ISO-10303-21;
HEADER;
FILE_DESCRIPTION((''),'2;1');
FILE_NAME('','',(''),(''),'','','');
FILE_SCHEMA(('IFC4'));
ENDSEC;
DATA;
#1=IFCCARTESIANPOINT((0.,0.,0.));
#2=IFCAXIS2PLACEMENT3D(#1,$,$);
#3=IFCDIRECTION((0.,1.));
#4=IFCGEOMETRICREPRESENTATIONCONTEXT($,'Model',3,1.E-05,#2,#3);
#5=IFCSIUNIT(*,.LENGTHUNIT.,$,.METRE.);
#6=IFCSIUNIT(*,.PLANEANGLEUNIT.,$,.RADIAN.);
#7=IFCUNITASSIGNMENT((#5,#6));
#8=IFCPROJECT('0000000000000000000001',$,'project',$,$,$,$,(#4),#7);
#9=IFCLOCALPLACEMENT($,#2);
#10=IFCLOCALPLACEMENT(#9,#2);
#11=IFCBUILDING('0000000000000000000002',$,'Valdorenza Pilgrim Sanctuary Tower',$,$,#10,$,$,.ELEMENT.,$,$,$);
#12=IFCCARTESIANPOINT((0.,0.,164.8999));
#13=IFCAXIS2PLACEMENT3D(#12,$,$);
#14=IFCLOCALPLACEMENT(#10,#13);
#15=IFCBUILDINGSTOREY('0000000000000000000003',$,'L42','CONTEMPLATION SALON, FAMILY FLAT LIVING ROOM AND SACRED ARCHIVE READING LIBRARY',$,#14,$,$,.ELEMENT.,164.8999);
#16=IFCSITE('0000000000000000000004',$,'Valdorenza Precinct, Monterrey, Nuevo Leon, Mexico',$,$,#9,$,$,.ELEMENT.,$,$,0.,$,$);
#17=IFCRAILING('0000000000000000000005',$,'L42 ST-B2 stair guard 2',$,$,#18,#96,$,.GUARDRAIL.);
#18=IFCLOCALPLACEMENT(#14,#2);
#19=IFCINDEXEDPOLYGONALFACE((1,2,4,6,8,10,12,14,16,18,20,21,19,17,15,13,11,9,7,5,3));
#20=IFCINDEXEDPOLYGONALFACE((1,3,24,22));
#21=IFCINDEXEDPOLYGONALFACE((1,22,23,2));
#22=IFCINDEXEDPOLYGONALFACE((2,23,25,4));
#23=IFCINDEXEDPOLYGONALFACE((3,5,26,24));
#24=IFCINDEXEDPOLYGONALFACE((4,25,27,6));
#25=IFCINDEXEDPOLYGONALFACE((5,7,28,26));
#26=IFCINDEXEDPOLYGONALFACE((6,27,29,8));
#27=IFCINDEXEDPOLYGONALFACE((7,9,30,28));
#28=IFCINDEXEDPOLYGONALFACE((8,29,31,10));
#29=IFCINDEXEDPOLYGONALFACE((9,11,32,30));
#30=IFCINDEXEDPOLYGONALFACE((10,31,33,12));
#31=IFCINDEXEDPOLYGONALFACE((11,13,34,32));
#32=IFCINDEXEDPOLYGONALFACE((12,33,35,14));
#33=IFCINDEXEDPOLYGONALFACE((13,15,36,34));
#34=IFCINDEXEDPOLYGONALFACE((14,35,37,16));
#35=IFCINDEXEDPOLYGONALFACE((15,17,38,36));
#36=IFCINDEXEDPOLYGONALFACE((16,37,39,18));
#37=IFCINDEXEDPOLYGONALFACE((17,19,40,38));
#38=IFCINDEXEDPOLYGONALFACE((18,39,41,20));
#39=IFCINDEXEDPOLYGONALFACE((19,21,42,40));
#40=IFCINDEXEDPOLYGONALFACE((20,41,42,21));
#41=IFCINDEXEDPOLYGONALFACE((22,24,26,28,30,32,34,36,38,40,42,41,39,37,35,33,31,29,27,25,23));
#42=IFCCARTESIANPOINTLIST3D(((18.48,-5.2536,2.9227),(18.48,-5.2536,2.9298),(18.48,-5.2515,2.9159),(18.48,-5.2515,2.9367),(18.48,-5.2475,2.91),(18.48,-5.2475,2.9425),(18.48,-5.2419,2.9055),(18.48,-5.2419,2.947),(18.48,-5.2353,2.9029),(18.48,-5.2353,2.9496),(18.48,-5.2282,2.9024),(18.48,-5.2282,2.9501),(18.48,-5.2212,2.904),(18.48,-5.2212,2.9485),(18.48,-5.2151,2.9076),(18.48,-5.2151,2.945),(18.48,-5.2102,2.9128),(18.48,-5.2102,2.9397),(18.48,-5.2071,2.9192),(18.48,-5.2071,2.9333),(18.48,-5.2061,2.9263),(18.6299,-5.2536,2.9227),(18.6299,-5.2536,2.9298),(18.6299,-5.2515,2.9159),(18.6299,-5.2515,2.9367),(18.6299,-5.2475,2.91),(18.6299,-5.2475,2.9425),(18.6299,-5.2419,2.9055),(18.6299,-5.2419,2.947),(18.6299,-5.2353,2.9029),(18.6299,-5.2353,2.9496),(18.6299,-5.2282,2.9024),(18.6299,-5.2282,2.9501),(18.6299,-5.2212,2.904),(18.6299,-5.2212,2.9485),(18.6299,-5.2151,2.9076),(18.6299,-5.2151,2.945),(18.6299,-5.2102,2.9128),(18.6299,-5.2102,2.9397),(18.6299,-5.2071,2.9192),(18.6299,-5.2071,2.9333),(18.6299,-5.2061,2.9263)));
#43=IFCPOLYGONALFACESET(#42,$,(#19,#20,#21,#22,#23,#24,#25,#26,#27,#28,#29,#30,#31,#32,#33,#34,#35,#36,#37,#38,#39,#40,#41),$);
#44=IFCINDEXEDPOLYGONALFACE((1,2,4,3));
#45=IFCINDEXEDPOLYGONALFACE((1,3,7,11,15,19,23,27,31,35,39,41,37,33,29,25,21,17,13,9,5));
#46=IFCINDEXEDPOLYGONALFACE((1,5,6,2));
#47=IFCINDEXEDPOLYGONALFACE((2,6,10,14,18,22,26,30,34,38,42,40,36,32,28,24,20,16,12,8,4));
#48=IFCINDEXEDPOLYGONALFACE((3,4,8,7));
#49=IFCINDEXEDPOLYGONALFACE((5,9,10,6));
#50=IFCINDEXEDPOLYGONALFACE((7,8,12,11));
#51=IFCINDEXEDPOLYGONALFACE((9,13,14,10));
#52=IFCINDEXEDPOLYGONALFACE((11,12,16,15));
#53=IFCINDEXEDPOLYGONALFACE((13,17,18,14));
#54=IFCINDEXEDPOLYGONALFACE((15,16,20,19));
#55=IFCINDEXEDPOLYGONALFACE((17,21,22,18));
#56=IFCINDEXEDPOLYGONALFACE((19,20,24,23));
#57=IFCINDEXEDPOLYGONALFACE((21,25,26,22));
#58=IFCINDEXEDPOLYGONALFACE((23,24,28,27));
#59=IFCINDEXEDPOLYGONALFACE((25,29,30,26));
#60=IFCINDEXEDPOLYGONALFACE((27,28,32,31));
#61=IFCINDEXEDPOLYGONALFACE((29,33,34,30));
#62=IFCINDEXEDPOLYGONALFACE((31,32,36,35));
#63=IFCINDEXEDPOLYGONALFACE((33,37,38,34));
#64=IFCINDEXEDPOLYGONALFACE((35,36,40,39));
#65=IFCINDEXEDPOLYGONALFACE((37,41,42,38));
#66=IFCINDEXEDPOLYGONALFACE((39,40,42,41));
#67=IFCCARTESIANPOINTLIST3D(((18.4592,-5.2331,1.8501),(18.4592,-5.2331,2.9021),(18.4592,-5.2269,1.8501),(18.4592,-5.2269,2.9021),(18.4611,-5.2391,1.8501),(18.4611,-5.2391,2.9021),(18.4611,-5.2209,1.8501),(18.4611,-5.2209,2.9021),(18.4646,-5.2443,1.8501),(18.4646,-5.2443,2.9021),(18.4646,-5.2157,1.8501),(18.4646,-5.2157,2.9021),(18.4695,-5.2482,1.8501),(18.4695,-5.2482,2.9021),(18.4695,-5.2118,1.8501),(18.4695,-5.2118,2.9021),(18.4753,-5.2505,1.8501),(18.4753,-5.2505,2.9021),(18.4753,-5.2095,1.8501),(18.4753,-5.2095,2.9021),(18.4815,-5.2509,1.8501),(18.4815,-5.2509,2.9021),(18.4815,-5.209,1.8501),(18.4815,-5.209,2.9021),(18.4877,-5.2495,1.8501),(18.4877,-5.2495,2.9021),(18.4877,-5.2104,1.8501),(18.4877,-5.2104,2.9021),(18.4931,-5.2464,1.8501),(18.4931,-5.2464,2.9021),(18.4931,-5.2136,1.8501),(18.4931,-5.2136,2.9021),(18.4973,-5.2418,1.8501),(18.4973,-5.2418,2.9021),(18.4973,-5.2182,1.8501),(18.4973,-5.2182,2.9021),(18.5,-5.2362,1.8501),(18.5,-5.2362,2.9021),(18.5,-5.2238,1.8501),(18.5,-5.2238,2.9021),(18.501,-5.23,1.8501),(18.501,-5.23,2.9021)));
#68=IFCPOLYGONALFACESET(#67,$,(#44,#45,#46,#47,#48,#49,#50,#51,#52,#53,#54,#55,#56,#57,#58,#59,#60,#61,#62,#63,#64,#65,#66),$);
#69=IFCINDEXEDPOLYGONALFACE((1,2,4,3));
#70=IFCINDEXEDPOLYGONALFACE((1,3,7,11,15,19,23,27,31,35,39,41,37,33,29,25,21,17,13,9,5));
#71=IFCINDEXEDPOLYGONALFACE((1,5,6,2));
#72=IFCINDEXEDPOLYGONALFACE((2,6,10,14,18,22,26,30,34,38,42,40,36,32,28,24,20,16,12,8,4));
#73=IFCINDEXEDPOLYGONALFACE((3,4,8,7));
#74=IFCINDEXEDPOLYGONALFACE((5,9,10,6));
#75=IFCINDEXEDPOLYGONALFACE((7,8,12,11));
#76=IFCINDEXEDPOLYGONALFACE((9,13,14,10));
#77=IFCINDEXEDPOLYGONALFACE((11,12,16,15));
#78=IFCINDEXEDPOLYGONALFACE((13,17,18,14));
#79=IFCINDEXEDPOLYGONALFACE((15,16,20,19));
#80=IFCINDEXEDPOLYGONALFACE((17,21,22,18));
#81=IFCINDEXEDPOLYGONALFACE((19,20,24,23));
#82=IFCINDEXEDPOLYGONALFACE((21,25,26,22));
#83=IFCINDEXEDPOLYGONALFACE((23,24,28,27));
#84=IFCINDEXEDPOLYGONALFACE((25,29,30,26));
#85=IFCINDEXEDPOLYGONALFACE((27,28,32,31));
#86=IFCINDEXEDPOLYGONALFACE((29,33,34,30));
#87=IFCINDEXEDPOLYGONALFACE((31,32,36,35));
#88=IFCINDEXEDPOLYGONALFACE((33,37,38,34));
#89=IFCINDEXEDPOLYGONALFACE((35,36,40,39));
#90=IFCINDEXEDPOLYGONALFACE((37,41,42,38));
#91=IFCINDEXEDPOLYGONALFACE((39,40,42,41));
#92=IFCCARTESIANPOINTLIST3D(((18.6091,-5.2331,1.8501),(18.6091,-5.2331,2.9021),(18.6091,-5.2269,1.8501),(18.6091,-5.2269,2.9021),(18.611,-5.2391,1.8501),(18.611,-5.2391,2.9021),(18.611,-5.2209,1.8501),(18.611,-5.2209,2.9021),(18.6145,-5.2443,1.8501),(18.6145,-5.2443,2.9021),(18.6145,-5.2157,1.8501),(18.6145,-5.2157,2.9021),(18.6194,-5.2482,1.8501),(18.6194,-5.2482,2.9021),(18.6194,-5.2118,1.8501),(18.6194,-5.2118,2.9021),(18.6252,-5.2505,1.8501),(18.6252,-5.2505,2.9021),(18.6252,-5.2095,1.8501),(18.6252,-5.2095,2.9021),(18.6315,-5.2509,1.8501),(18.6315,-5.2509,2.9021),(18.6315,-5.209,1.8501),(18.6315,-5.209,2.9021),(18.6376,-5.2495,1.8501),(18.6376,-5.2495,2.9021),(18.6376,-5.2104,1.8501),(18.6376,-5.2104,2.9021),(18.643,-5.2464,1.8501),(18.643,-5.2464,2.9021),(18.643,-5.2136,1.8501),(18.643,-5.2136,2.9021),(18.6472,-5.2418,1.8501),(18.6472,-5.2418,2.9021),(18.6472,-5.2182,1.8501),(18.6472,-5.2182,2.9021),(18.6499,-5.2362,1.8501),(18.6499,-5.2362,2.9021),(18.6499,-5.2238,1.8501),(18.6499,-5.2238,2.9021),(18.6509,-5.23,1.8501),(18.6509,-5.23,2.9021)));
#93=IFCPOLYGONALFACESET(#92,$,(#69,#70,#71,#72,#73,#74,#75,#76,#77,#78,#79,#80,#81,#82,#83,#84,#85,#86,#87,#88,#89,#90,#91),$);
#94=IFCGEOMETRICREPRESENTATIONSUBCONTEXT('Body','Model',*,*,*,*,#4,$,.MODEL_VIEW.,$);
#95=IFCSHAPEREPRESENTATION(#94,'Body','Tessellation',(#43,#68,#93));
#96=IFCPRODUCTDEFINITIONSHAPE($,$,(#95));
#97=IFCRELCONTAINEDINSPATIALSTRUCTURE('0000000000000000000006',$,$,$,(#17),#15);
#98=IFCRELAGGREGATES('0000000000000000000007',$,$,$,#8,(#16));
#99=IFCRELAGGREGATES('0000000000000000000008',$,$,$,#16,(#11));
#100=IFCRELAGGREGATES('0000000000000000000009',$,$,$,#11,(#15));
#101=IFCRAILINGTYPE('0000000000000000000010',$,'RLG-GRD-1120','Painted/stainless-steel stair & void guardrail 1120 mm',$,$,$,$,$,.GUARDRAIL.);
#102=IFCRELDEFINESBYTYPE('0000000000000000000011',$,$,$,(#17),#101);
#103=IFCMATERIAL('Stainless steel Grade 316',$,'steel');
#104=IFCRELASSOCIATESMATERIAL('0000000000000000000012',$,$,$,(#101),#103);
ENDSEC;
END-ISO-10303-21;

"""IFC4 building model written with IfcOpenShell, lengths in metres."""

from ifc_helpers import new_model, si_unit, direction, frame, origin, origin_2d, place, context, subcontext, project, spatial, circle, extrude, material, type_object, element, save


model = new_model("IFC4")

# Units and contexts
model_context = context("Model", 3, precision=1e-05, world=origin(), true_north=direction((0.0, 1.0)))
body_context = subcontext(model_context, "Body", "Model", "MODEL_VIEW")
ifc_project = project(units=[si_unit("LENGTHUNIT", "METRE"), si_unit("PLANEANGLEUNIT", "RADIAN")], contexts=[model_context])

# Site, building, storey
site_placement = place(None, origin())
site = spatial("IfcSite", under=ifc_project, at=site_placement, Name="Valdorenza Precinct, Monterrey, Nuevo Leon, Mexico", CompositionType="ELEMENT", RefElevation=0.0)
building_placement = place(site_placement, origin())
building = spatial("IfcBuilding", under=site, at=building_placement, Name="Valdorenza Pilgrim Sanctuary Tower", CompositionType="ELEMENT")
storey_placement = place(building_placement, frame((0.0, 0.0, 164.8999)))
storey = spatial("IfcBuildingStorey", under=building, at=storey_placement, Name="L42", Description="CONTEMPLATION SALON, FAMILY FLAT LIVING ROOM AND SACRED ARCHIVE READING LIBRARY", CompositionType="ELEMENT", Elevation=164.8999)

# Railing
ifc_material_1 = material(Name="Stainless steel Grade 316", Category="steel")
railing_type_1 = type_object("IfcRailingType", Name="RLG-GRD-1120", Description="Painted/stainless-steel stair & void guardrail 1120 mm", PredefinedType="GUARDRAIL", material=ifc_material_1)
railing_1_placement = place(storey_placement, frame((18.48, -5.23, 1.8501)))
element("IfcRailing", 1, at=railing_1_placement, inside=storey, type_object=railing_type_1, Name="L42 ST-B2 stair guard 2", PredefinedType="GUARDRAIL", context=body_context, shape_type="SweptSolid", body=[
    extrude(circle(Radius=0.0239, at=origin_2d()), frame((0.0, 0.0, 1.0762), z_axis=(1.0, 0.0, 0.0), x_axis=(0.0, 1.0, 0.0)), (0.0, 0.0, 1.0), 0.1499),
    extrude(circle(Radius=0.021, at=origin_2d()), origin(), (0.0, 0.0, 1.0), 1.052),
    extrude(circle(Radius=0.021, at=origin_2d()), frame((0.1499, 0.0, 0.0)), (0.0, 0.0, 1.0), 1.052),
])

save(model, "model.ifc")
